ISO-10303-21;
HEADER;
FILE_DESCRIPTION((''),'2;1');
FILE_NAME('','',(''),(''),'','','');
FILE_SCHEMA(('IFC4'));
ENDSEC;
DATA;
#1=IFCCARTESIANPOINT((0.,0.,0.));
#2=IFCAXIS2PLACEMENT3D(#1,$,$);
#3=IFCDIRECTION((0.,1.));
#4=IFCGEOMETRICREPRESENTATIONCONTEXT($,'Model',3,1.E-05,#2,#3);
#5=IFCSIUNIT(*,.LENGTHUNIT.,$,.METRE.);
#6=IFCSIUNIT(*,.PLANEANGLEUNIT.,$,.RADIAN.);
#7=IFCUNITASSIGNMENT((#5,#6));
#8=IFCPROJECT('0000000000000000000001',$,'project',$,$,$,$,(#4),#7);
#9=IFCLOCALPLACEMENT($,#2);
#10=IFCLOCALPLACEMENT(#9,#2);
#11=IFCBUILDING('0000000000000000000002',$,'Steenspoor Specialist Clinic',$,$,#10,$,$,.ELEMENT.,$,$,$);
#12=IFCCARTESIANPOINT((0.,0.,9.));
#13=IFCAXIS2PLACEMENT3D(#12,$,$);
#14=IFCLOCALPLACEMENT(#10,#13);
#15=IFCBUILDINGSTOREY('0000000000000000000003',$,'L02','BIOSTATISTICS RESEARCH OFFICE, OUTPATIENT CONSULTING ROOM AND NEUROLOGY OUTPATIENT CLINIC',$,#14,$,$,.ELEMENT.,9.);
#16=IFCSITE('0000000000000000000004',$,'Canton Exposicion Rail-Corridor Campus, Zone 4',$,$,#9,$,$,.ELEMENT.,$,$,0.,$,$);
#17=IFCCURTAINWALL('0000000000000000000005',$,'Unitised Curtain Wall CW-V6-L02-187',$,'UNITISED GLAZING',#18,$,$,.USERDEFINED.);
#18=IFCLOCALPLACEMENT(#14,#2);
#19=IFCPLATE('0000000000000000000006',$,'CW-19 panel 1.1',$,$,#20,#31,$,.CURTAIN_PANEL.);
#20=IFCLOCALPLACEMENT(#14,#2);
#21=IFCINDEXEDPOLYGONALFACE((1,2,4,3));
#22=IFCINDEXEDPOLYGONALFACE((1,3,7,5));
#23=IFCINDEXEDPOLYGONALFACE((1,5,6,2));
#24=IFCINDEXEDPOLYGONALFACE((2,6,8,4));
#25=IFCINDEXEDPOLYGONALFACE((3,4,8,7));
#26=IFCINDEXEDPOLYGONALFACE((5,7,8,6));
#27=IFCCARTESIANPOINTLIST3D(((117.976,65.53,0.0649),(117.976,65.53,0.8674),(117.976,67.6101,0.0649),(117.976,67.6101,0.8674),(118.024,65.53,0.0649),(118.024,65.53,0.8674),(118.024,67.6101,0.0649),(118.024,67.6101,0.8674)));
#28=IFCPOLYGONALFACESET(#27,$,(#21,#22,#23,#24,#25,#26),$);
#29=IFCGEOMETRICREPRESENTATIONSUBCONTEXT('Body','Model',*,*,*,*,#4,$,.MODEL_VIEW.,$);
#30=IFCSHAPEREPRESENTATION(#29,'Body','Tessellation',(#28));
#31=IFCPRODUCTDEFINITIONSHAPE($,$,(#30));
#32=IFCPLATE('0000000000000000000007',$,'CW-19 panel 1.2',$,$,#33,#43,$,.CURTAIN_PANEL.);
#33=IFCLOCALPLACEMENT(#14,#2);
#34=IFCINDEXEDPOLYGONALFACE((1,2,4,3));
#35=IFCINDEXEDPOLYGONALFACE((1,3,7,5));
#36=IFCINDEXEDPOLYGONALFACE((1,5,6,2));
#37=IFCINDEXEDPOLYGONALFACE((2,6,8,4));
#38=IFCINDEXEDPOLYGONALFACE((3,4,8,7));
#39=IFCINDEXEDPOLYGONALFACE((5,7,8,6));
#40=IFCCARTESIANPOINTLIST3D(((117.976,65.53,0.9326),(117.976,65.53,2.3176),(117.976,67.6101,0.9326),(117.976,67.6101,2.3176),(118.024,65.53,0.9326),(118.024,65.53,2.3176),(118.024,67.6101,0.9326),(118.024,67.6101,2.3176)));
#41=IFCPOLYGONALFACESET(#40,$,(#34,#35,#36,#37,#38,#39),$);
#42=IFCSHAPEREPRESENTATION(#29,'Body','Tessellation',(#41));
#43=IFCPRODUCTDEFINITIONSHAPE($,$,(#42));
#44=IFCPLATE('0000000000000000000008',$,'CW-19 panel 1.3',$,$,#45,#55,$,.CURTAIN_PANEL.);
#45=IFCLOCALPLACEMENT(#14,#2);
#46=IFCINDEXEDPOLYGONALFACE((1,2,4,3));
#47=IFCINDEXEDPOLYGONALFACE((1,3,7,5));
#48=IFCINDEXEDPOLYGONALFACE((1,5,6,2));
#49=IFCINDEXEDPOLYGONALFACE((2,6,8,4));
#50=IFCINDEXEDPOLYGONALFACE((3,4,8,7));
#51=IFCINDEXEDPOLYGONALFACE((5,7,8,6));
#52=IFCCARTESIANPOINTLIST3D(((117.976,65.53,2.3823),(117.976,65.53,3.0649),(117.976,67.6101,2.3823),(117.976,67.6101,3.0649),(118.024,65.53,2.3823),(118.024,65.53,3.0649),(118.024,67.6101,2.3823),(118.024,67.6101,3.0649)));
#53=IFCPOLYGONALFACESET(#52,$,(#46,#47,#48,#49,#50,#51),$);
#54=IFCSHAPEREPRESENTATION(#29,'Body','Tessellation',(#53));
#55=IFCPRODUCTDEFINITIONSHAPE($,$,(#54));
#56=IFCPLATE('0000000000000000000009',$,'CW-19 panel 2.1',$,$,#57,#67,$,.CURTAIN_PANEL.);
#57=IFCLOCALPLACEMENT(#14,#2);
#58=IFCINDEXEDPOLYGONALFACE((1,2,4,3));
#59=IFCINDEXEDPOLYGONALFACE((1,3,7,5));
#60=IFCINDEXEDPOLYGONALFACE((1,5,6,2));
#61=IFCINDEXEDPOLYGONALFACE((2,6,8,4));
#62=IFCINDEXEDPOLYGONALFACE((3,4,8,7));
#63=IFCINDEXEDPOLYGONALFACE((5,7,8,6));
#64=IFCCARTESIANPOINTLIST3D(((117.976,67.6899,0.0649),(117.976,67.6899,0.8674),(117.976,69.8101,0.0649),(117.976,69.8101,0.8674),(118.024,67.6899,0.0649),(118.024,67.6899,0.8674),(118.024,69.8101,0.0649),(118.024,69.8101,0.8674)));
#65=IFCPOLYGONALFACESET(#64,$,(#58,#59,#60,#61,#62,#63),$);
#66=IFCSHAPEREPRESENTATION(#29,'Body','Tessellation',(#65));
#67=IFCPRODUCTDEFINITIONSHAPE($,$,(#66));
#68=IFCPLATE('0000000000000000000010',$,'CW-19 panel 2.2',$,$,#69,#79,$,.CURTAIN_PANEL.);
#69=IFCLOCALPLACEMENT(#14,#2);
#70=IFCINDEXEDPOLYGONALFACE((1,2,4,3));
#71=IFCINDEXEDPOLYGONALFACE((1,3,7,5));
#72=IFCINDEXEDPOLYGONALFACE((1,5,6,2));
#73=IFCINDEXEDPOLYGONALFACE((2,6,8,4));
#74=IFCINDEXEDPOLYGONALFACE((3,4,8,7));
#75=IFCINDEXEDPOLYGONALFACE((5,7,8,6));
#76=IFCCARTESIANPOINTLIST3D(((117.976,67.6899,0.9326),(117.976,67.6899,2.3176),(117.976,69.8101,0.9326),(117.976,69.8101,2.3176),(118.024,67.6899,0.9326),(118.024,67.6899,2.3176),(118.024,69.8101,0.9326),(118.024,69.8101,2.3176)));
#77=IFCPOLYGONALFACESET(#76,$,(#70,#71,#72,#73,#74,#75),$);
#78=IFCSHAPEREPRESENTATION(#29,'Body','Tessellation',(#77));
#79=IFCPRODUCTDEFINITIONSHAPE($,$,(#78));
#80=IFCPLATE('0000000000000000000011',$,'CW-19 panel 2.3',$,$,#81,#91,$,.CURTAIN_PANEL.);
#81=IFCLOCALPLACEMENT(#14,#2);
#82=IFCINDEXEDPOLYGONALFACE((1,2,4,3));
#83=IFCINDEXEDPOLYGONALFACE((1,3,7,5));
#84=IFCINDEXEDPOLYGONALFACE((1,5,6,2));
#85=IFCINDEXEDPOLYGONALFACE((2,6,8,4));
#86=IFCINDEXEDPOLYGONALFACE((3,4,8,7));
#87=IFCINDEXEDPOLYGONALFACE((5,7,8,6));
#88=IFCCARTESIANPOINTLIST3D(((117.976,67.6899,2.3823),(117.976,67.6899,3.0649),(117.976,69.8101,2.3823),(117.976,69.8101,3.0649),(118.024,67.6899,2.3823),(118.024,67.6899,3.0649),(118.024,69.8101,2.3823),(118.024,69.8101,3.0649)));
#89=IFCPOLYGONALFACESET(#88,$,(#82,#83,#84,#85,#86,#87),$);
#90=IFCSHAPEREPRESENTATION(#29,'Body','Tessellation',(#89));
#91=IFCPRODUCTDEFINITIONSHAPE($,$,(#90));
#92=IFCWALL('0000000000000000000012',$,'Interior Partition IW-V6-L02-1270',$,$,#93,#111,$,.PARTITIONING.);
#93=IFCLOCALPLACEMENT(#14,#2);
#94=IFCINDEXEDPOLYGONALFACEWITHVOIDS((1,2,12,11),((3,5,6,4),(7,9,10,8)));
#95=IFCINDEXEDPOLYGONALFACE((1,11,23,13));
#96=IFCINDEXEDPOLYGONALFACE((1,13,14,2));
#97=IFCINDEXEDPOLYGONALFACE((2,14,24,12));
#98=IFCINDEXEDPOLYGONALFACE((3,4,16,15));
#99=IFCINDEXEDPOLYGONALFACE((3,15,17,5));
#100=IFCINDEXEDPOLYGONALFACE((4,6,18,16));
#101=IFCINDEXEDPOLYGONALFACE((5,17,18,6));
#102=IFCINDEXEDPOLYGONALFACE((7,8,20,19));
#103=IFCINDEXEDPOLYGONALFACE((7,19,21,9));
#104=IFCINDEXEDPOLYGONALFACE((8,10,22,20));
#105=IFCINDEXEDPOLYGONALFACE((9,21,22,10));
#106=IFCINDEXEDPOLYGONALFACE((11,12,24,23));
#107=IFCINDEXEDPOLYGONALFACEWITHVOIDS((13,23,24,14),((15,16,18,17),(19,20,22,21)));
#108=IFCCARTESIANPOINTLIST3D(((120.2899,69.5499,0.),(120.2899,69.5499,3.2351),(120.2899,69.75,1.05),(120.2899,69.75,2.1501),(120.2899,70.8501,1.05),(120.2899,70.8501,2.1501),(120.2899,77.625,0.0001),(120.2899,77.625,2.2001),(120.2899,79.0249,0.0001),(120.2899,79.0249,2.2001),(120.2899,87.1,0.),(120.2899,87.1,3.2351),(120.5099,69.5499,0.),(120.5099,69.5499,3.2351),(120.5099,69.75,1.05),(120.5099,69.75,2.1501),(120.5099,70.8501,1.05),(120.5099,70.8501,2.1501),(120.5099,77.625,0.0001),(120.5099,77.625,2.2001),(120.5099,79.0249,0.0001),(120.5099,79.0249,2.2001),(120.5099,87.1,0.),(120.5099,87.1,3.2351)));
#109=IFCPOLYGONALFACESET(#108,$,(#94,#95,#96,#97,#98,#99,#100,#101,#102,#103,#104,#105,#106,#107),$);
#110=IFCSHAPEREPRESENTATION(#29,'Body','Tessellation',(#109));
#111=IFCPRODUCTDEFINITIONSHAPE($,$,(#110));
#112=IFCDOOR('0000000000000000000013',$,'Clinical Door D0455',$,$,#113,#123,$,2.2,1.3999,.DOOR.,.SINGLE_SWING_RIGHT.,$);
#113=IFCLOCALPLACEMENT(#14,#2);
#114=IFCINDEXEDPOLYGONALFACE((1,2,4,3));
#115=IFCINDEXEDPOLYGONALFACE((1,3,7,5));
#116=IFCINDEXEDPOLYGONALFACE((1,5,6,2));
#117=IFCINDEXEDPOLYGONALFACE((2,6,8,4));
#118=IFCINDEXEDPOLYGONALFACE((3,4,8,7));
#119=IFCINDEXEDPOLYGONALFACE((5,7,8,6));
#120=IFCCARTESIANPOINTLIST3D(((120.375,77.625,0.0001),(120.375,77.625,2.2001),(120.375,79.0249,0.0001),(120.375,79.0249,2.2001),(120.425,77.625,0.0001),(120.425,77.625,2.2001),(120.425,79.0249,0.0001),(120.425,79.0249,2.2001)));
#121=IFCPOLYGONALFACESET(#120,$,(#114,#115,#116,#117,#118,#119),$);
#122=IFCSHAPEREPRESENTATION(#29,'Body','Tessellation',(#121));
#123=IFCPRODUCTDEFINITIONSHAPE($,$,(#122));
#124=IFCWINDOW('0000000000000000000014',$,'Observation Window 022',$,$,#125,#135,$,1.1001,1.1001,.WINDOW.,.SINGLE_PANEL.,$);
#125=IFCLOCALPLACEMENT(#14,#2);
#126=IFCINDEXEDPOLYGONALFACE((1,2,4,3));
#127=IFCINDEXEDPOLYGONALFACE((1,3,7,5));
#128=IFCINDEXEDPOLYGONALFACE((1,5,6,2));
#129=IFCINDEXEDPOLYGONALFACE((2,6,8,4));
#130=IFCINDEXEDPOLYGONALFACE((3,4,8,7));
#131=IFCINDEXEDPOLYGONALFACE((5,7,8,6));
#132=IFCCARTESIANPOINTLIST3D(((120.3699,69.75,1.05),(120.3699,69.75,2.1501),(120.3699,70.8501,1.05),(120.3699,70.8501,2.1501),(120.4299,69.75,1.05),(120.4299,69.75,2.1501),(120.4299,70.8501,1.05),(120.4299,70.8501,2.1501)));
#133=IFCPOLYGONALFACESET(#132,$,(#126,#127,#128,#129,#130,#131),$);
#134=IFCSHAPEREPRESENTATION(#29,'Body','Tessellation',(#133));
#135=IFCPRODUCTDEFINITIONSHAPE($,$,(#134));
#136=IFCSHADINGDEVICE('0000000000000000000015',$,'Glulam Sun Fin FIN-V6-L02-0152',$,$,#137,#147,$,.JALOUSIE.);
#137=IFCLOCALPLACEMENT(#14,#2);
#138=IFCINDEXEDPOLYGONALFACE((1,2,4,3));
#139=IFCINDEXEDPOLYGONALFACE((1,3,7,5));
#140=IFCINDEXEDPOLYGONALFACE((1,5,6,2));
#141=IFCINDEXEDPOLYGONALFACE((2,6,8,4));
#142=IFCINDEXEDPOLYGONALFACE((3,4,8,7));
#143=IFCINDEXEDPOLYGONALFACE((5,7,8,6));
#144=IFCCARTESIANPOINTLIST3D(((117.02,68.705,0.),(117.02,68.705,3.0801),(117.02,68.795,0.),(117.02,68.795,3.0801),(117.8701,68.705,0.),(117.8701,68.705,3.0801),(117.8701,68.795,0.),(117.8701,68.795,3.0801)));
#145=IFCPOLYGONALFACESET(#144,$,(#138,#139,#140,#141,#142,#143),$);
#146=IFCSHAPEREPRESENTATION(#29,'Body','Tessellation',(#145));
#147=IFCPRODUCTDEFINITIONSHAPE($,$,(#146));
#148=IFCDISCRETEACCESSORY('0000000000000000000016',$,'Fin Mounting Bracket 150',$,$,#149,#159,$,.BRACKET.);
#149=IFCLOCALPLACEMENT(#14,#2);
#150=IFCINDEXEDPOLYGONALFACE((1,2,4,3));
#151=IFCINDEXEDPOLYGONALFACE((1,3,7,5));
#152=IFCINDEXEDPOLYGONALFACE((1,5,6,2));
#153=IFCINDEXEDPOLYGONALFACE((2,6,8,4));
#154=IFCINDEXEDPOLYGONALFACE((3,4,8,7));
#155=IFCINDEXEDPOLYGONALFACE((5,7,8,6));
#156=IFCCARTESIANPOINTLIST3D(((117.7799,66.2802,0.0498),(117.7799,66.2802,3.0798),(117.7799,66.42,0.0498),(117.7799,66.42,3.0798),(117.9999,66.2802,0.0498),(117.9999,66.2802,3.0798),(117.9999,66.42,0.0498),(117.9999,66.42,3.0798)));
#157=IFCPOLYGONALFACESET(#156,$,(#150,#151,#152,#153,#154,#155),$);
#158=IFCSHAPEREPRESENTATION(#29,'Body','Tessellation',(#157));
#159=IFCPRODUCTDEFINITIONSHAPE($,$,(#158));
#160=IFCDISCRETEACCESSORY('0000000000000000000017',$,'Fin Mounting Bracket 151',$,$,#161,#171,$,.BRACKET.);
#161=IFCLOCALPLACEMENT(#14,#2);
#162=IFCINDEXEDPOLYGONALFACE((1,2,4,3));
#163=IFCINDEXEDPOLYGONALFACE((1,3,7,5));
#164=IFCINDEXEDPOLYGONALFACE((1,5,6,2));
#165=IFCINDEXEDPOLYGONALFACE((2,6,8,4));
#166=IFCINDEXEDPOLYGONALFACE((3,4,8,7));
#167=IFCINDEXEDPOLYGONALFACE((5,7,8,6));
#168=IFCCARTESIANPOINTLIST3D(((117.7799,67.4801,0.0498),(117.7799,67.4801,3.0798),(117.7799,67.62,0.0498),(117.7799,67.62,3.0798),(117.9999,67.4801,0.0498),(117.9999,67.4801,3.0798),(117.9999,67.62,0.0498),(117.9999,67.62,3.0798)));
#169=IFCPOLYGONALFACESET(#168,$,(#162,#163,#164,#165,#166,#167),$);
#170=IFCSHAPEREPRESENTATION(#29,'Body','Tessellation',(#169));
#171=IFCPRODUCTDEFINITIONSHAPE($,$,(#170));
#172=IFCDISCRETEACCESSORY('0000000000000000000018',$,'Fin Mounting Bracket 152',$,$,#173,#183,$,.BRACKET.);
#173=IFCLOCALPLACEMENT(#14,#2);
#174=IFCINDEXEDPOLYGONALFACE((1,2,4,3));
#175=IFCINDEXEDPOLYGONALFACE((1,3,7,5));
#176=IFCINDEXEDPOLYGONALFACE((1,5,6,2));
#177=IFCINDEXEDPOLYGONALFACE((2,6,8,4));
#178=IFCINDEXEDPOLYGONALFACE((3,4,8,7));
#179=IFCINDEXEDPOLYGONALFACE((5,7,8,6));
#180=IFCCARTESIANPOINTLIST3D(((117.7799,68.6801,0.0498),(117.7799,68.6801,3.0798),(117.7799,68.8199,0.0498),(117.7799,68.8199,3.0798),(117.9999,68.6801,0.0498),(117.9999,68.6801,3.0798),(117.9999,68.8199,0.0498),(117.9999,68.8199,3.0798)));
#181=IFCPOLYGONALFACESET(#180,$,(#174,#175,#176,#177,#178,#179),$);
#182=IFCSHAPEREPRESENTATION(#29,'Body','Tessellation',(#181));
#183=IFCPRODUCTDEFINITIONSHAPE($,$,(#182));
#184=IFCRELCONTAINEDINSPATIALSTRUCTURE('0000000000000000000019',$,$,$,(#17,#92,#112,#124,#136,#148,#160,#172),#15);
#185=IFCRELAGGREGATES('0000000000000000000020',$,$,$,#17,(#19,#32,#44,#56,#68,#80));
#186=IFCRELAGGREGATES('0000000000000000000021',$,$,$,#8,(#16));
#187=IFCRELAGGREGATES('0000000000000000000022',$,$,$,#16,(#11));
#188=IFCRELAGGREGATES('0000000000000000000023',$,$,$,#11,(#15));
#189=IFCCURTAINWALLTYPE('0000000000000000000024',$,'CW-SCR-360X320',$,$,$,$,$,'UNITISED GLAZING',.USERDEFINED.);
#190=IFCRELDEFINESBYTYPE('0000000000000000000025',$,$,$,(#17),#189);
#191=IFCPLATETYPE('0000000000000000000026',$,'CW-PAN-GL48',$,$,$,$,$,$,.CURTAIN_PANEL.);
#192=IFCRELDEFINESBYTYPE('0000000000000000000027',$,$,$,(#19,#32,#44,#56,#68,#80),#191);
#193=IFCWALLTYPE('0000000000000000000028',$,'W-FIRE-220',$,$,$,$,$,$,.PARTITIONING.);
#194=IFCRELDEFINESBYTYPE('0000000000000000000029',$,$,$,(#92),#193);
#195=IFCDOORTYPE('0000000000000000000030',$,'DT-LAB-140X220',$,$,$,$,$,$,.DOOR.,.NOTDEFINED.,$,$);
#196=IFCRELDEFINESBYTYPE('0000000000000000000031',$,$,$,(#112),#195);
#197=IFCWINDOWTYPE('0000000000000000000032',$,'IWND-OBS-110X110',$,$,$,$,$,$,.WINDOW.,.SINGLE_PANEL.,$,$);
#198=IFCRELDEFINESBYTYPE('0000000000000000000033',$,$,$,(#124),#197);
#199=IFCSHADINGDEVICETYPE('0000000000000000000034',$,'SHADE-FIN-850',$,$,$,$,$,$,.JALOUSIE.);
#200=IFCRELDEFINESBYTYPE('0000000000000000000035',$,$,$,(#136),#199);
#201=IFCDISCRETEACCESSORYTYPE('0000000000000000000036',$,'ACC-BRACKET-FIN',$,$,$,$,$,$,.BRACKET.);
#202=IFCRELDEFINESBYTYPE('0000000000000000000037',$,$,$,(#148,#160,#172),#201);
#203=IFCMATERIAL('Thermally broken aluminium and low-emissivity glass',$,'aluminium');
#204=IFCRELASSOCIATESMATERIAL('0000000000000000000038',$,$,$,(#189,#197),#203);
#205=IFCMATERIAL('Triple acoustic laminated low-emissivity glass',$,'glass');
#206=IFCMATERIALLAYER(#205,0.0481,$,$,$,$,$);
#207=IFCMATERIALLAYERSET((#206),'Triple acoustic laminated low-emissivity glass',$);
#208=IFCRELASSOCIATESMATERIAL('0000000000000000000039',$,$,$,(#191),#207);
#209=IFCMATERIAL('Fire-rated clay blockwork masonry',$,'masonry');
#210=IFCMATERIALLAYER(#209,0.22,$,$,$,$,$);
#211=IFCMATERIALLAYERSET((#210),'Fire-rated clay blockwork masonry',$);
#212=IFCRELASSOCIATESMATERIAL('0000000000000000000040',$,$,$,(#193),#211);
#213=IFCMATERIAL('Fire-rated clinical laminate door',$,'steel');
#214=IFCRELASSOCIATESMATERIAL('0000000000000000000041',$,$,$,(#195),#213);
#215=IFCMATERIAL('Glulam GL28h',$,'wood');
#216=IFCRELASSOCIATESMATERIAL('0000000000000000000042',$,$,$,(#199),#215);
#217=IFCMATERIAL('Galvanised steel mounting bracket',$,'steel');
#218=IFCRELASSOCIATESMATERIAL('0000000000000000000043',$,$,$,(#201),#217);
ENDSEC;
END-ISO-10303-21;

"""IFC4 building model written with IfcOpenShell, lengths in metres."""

from ifc_helpers import new_model, si_unit, direction, frame, frame_2d, origin, origin_2d, place, context, subcontext, project, spatial, rectangle, extrude, material, layer, layer_set, material_profile, profile_set, type_object, element, fill, aggregate, save


model = new_model("IFC4")

# Units and contexts
model_context = context("Model", 3, precision=1e-05, world=origin(), true_north=direction((0.0, 1.0)))
body_context = subcontext(model_context, "Body", "Model", "MODEL_VIEW")
ifc_project = project(units=[si_unit("LENGTHUNIT", "METRE"), si_unit("PLANEANGLEUNIT", "RADIAN")], contexts=[model_context])

# Site, building, storey
site_placement = place(None, origin())
site = spatial("IfcSite", under=ifc_project, at=site_placement, Name="Canton Exposicion Rail-Corridor Campus, Zone 4", CompositionType="ELEMENT", RefElevation=0.0)
building_placement = place(site_placement, origin())
building = spatial("IfcBuilding", under=site, at=building_placement, Name="Steenspoor Specialist Clinic", CompositionType="ELEMENT")
storey_placement = place(building_placement, frame((0.0, 0.0, 9.0)))
storey = spatial("IfcBuildingStorey", under=building, at=storey_placement, Name="L02", Description="BIOSTATISTICS RESEARCH OFFICE, OUTPATIENT CONSULTING ROOM AND NEUROLOGY OUTPATIENT CLINIC", CompositionType="ELEMENT", Elevation=9.0)

# Curtain wall
ifc_material_1 = material(Name="Thermally broken aluminium and low-emissivity glass", Category="aluminium")
curtain_wall_type = type_object("IfcCurtainWallType", Name="CW-SCR-360X320", ElementType="UNITISED GLAZING", PredefinedType="USERDEFINED", material=ifc_material_1)
curtain_wall_placement = place(storey_placement, origin())
curtain_wall = element("IfcCurtainWall", 1, at=curtain_wall_placement, inside=storey, type_object=curtain_wall_type, Name="Unitised Curtain Wall CW-V6-L02-187", ObjectType="UNITISED GLAZING", PredefinedType="USERDEFINED")

# Plates
ifc_material_2 = material(Name="Triple acoustic laminated low-emissivity glass", Category="glass")
ifc_layer_1 = layer(ifc_material_2, 0.0481)
ifc_layer_set_1 = layer_set([ifc_layer_1], Name="Triple acoustic laminated low-emissivity glass")
plate_type = type_object("IfcPlateType", Name="CW-PAN-GL48", PredefinedType="CURTAIN_PANEL", material=ifc_layer_set_1)
plate_1_placement = place(storey_placement, frame((118.0, 66.5701, 0.0649), z_axis=(0.0, 0.0, 1.0), x_axis=(0.0, 1.0, 0.0)))
plate_1 = element("IfcPlate", 2, at=plate_1_placement, type_object=plate_type, Name="CW-19 panel 1.1", PredefinedType="CURTAIN_PANEL", context=body_context, shape_type="SweptSolid", body=[
    extrude(rectangle(XDim=2.0801, YDim=0.0481, at=origin_2d()), origin(), (0.0, 0.0, 1.0), 0.8025),
])
plate_2_placement = place(storey_placement, frame((118.0, 66.5701, 0.9326), z_axis=(0.0, 0.0, 1.0), x_axis=(0.0, 1.0, 0.0)))
plate_2 = element("IfcPlate", 3, at=plate_2_placement, type_object=plate_type, Name="CW-19 panel 1.2", PredefinedType="CURTAIN_PANEL", context=body_context, shape_type="SweptSolid", body=[
    extrude(rectangle(XDim=2.0801, YDim=0.0481, at=origin_2d()), origin(), (0.0, 0.0, 1.0), 1.385),
])
plate_3_placement = place(storey_placement, frame((118.0, 66.5701, 2.3823), z_axis=(0.0, 0.0, 1.0), x_axis=(0.0, 1.0, 0.0)))
plate_3 = element("IfcPlate", 4, at=plate_3_placement, type_object=plate_type, Name="CW-19 panel 1.3", PredefinedType="CURTAIN_PANEL", context=body_context, shape_type="SweptSolid", body=[
    extrude(rectangle(XDim=2.0801, YDim=0.0481, at=origin_2d()), origin(), (0.0, 0.0, 1.0), 0.6826),
])
plate_4_placement = place(storey_placement, frame((118.0, 68.75, 0.0649), z_axis=(0.0, 0.0, 1.0), x_axis=(0.0, 1.0, 0.0)))
plate_4 = element("IfcPlate", 5, at=plate_4_placement, type_object=plate_type, Name="CW-19 panel 2.1", PredefinedType="CURTAIN_PANEL", context=body_context, shape_type="SweptSolid", body=[
    extrude(rectangle(XDim=2.1201, YDim=0.0481, at=origin_2d()), origin(), (0.0, 0.0, 1.0), 0.8025),
])
plate_5_placement = place(storey_placement, frame((118.0, 68.75, 0.9326), z_axis=(0.0, 0.0, 1.0), x_axis=(0.0, 1.0, 0.0)))
plate_5 = element("IfcPlate", 6, at=plate_5_placement, type_object=plate_type, Name="CW-19 panel 2.2", PredefinedType="CURTAIN_PANEL", context=body_context, shape_type="SweptSolid", body=[
    extrude(rectangle(XDim=2.1201, YDim=0.0481, at=origin_2d()), origin(), (0.0, 0.0, 1.0), 1.385),
])
plate_6_placement = place(storey_placement, frame((118.0, 68.75, 2.3823), z_axis=(0.0, 0.0, 1.0), x_axis=(0.0, 1.0, 0.0)))
plate_6 = element("IfcPlate", 7, at=plate_6_placement, type_object=plate_type, Name="CW-19 panel 2.3", PredefinedType="CURTAIN_PANEL", context=body_context, shape_type="SweptSolid", body=[
    extrude(rectangle(XDim=2.1201, YDim=0.0481, at=origin_2d()), origin(), (0.0, 0.0, 1.0), 0.6826),
])
aggregate(curtain_wall, [plate_1, plate_2, plate_3, plate_4, plate_5, plate_6])

# Wall, openings, door, window
ifc_material_3 = material(Name="Fire-rated clay blockwork masonry", Category="masonry")
ifc_layer_2 = layer(ifc_material_3, 0.22)
ifc_layer_set_2 = layer_set([ifc_layer_2], Name="Fire-rated clay blockwork masonry")
wall_type = type_object("IfcWallType", Name="W-FIRE-220", PredefinedType="PARTITIONING", material=ifc_layer_set_2)
wall_placement = place(storey_placement, frame((120.3999, 69.55, 0.0), z_axis=(0.0, 0.0, 1.0), x_axis=(0.0, 1.0, 0.0)))
wall = element("IfcWall", 8, at=wall_placement, inside=storey, type_object=wall_type, Name="Interior Partition IW-V6-L02-1270", PredefinedType="PARTITIONING", context=body_context, shape_type="SweptSolid", body=[
    extrude(rectangle(XDim=17.55, YDim=0.22, at=frame_2d((8.7749, 0.0))), origin(), (0.0, 0.0, 1.0), 3.2351),
])
opening_1_placement = place(wall_placement, frame((8.075, 0.0, 0.0)))
opening_1 = element("IfcOpeningElement", 9, at=opening_1_placement, cuts=wall, PredefinedType="OPENING", context=body_context, shape_type="SweptSolid", body=[
    extrude(rectangle(XDim=1.3999, YDim=2.2, at=frame_2d((0.7, 1.1001))), frame((0.0, 0.1201, 0.0), z_axis=(0.0, -1.0, 0.0), x_axis=(1.0, 0.0, 0.0)), (0.0, 0.0, 1.0), 0.24),
])
opening_2_placement = place(wall_placement, frame((0.2, 0.0, 1.05)))
opening_2 = element("IfcOpeningElement", 10, at=opening_2_placement, cuts=wall, PredefinedType="OPENING", context=body_context, shape_type="SweptSolid", body=[
    extrude(rectangle(XDim=1.1001, YDim=1.1001, at=frame_2d((0.55, 0.55))), frame((0.0, 0.1201, 0.0), z_axis=(0.0, -1.0, 0.0), x_axis=(1.0, 0.0, 0.0)), (0.0, 0.0, 1.0), 0.24),
])
ifc_material_4 = material(Name="Fire-rated clinical laminate door", Category="steel")
door_type = type_object("IfcDoorType", Name="DT-LAB-140X220", OperationType="NOTDEFINED", PredefinedType="DOOR", material=ifc_material_4)
door_placement = place(opening_1_placement, origin())
door = element("IfcDoor", 11, at=door_placement, inside=storey, type_object=door_type, Name="Clinical Door D0455", OperationType="SINGLE_SWING_RIGHT", OverallHeight=2.2, OverallWidth=1.3999, PredefinedType="DOOR", context=body_context, shape_type="SweptSolid", body=[
    extrude(rectangle(XDim=1.3999, YDim=2.2, at=frame_2d((0.7, 1.1001))), frame((0.0, 0.0249, 0.0), z_axis=(0.0, -1.0, 0.0), x_axis=(1.0, 0.0, 0.0)), (0.0, 0.0, 1.0), 0.05),
])
fill(opening_1, door)
window_type = type_object("IfcWindowType", Name="IWND-OBS-110X110", PartitioningType="SINGLE_PANEL", PredefinedType="WINDOW", material=ifc_material_1)
window_placement = place(opening_2_placement, origin())
window = element("IfcWindow", 12, at=window_placement, inside=storey, type_object=window_type, Name="Observation Window 022", OverallHeight=1.1001, OverallWidth=1.1001, PartitioningType="SINGLE_PANEL", PredefinedType="WINDOW", context=body_context, shape_type="SweptSolid", body=[
    extrude(rectangle(XDim=1.1001, YDim=1.1001, at=frame_2d((0.55, 0.55))), frame((0.0, 0.03, 0.0), z_axis=(0.0, -1.0, 0.0), x_axis=(1.0, 0.0, 0.0)), (0.0, 0.0, 1.0), 0.0601),
])
fill(opening_2, window)

# Shading device
ifc_material_5 = material(Name="Glulam GL28h", Category="wood")
ifc_material_profile_1 = material_profile(ifc_material_5, rectangle(XDim=0.0901, YDim=0.8501, at=origin_2d()), Name="GL28H-90X850")
ifc_profile_set_1 = profile_set([ifc_material_profile_1], Name="Glulam GL28h")
shading_device_type = type_object("IfcShadingDeviceType", Name="SHADE-FIN-850", PredefinedType="JALOUSIE", material=ifc_profile_set_1)
shading_device_placement = place(storey_placement, frame((117.4451, 68.75, 0.0), z_axis=(0.0, 0.0, 1.0), x_axis=(0.0, 1.0, 0.0)))
element("IfcShadingDevice", 13, at=shading_device_placement, inside=storey, type_object=shading_device_type, Name="Glulam Sun Fin FIN-V6-L02-0152", PredefinedType="JALOUSIE", context=body_context, shape_type="SweptSolid", body=[
    extrude(rectangle(XDim=0.0901, YDim=0.8501, at=origin_2d()), origin(), (0.0, 0.0, 1.0), 3.0801),
])

# Discrete accessories
ifc_material_6 = material(Name="Galvanised steel mounting bracket", Category="steel")
discrete_accessory_type = type_object("IfcDiscreteAccessoryType", Name="ACC-BRACKET-FIN", PredefinedType="BRACKET", material=ifc_material_6)
for number, where, z_axis, x_axis, name in (
    (14, (117.8899, 66.3501, 0.0498), (0.0, 0.0, 1.0), (-1.0, 0.0, 0.0), "Fin Mounting Bracket 150"),
    (15, (117.8899, 67.55, 0.0498), (0.0, 0.0, 1.0), (-1.0, 0.0, 0.0), "Fin Mounting Bracket 151"),
    (16, (117.8899, 68.75, 0.0498), (0.0, 0.0, 1.0), (-1.0, 0.0, 0.0), "Fin Mounting Bracket 152"),
):
    element("IfcDiscreteAccessory", number, at=place(storey_placement, frame(where, z_axis=z_axis, x_axis=x_axis)), inside=storey, type_object=discrete_accessory_type, Name=name, PredefinedType="BRACKET", context=body_context, shape_type="SweptSolid", body=[
        extrude(rectangle(XDim=0.22, YDim=0.1399, at=origin_2d()), origin(), (0.0, 0.0, 1.0), 3.03),
    ])

save(model, "model.ifc")
